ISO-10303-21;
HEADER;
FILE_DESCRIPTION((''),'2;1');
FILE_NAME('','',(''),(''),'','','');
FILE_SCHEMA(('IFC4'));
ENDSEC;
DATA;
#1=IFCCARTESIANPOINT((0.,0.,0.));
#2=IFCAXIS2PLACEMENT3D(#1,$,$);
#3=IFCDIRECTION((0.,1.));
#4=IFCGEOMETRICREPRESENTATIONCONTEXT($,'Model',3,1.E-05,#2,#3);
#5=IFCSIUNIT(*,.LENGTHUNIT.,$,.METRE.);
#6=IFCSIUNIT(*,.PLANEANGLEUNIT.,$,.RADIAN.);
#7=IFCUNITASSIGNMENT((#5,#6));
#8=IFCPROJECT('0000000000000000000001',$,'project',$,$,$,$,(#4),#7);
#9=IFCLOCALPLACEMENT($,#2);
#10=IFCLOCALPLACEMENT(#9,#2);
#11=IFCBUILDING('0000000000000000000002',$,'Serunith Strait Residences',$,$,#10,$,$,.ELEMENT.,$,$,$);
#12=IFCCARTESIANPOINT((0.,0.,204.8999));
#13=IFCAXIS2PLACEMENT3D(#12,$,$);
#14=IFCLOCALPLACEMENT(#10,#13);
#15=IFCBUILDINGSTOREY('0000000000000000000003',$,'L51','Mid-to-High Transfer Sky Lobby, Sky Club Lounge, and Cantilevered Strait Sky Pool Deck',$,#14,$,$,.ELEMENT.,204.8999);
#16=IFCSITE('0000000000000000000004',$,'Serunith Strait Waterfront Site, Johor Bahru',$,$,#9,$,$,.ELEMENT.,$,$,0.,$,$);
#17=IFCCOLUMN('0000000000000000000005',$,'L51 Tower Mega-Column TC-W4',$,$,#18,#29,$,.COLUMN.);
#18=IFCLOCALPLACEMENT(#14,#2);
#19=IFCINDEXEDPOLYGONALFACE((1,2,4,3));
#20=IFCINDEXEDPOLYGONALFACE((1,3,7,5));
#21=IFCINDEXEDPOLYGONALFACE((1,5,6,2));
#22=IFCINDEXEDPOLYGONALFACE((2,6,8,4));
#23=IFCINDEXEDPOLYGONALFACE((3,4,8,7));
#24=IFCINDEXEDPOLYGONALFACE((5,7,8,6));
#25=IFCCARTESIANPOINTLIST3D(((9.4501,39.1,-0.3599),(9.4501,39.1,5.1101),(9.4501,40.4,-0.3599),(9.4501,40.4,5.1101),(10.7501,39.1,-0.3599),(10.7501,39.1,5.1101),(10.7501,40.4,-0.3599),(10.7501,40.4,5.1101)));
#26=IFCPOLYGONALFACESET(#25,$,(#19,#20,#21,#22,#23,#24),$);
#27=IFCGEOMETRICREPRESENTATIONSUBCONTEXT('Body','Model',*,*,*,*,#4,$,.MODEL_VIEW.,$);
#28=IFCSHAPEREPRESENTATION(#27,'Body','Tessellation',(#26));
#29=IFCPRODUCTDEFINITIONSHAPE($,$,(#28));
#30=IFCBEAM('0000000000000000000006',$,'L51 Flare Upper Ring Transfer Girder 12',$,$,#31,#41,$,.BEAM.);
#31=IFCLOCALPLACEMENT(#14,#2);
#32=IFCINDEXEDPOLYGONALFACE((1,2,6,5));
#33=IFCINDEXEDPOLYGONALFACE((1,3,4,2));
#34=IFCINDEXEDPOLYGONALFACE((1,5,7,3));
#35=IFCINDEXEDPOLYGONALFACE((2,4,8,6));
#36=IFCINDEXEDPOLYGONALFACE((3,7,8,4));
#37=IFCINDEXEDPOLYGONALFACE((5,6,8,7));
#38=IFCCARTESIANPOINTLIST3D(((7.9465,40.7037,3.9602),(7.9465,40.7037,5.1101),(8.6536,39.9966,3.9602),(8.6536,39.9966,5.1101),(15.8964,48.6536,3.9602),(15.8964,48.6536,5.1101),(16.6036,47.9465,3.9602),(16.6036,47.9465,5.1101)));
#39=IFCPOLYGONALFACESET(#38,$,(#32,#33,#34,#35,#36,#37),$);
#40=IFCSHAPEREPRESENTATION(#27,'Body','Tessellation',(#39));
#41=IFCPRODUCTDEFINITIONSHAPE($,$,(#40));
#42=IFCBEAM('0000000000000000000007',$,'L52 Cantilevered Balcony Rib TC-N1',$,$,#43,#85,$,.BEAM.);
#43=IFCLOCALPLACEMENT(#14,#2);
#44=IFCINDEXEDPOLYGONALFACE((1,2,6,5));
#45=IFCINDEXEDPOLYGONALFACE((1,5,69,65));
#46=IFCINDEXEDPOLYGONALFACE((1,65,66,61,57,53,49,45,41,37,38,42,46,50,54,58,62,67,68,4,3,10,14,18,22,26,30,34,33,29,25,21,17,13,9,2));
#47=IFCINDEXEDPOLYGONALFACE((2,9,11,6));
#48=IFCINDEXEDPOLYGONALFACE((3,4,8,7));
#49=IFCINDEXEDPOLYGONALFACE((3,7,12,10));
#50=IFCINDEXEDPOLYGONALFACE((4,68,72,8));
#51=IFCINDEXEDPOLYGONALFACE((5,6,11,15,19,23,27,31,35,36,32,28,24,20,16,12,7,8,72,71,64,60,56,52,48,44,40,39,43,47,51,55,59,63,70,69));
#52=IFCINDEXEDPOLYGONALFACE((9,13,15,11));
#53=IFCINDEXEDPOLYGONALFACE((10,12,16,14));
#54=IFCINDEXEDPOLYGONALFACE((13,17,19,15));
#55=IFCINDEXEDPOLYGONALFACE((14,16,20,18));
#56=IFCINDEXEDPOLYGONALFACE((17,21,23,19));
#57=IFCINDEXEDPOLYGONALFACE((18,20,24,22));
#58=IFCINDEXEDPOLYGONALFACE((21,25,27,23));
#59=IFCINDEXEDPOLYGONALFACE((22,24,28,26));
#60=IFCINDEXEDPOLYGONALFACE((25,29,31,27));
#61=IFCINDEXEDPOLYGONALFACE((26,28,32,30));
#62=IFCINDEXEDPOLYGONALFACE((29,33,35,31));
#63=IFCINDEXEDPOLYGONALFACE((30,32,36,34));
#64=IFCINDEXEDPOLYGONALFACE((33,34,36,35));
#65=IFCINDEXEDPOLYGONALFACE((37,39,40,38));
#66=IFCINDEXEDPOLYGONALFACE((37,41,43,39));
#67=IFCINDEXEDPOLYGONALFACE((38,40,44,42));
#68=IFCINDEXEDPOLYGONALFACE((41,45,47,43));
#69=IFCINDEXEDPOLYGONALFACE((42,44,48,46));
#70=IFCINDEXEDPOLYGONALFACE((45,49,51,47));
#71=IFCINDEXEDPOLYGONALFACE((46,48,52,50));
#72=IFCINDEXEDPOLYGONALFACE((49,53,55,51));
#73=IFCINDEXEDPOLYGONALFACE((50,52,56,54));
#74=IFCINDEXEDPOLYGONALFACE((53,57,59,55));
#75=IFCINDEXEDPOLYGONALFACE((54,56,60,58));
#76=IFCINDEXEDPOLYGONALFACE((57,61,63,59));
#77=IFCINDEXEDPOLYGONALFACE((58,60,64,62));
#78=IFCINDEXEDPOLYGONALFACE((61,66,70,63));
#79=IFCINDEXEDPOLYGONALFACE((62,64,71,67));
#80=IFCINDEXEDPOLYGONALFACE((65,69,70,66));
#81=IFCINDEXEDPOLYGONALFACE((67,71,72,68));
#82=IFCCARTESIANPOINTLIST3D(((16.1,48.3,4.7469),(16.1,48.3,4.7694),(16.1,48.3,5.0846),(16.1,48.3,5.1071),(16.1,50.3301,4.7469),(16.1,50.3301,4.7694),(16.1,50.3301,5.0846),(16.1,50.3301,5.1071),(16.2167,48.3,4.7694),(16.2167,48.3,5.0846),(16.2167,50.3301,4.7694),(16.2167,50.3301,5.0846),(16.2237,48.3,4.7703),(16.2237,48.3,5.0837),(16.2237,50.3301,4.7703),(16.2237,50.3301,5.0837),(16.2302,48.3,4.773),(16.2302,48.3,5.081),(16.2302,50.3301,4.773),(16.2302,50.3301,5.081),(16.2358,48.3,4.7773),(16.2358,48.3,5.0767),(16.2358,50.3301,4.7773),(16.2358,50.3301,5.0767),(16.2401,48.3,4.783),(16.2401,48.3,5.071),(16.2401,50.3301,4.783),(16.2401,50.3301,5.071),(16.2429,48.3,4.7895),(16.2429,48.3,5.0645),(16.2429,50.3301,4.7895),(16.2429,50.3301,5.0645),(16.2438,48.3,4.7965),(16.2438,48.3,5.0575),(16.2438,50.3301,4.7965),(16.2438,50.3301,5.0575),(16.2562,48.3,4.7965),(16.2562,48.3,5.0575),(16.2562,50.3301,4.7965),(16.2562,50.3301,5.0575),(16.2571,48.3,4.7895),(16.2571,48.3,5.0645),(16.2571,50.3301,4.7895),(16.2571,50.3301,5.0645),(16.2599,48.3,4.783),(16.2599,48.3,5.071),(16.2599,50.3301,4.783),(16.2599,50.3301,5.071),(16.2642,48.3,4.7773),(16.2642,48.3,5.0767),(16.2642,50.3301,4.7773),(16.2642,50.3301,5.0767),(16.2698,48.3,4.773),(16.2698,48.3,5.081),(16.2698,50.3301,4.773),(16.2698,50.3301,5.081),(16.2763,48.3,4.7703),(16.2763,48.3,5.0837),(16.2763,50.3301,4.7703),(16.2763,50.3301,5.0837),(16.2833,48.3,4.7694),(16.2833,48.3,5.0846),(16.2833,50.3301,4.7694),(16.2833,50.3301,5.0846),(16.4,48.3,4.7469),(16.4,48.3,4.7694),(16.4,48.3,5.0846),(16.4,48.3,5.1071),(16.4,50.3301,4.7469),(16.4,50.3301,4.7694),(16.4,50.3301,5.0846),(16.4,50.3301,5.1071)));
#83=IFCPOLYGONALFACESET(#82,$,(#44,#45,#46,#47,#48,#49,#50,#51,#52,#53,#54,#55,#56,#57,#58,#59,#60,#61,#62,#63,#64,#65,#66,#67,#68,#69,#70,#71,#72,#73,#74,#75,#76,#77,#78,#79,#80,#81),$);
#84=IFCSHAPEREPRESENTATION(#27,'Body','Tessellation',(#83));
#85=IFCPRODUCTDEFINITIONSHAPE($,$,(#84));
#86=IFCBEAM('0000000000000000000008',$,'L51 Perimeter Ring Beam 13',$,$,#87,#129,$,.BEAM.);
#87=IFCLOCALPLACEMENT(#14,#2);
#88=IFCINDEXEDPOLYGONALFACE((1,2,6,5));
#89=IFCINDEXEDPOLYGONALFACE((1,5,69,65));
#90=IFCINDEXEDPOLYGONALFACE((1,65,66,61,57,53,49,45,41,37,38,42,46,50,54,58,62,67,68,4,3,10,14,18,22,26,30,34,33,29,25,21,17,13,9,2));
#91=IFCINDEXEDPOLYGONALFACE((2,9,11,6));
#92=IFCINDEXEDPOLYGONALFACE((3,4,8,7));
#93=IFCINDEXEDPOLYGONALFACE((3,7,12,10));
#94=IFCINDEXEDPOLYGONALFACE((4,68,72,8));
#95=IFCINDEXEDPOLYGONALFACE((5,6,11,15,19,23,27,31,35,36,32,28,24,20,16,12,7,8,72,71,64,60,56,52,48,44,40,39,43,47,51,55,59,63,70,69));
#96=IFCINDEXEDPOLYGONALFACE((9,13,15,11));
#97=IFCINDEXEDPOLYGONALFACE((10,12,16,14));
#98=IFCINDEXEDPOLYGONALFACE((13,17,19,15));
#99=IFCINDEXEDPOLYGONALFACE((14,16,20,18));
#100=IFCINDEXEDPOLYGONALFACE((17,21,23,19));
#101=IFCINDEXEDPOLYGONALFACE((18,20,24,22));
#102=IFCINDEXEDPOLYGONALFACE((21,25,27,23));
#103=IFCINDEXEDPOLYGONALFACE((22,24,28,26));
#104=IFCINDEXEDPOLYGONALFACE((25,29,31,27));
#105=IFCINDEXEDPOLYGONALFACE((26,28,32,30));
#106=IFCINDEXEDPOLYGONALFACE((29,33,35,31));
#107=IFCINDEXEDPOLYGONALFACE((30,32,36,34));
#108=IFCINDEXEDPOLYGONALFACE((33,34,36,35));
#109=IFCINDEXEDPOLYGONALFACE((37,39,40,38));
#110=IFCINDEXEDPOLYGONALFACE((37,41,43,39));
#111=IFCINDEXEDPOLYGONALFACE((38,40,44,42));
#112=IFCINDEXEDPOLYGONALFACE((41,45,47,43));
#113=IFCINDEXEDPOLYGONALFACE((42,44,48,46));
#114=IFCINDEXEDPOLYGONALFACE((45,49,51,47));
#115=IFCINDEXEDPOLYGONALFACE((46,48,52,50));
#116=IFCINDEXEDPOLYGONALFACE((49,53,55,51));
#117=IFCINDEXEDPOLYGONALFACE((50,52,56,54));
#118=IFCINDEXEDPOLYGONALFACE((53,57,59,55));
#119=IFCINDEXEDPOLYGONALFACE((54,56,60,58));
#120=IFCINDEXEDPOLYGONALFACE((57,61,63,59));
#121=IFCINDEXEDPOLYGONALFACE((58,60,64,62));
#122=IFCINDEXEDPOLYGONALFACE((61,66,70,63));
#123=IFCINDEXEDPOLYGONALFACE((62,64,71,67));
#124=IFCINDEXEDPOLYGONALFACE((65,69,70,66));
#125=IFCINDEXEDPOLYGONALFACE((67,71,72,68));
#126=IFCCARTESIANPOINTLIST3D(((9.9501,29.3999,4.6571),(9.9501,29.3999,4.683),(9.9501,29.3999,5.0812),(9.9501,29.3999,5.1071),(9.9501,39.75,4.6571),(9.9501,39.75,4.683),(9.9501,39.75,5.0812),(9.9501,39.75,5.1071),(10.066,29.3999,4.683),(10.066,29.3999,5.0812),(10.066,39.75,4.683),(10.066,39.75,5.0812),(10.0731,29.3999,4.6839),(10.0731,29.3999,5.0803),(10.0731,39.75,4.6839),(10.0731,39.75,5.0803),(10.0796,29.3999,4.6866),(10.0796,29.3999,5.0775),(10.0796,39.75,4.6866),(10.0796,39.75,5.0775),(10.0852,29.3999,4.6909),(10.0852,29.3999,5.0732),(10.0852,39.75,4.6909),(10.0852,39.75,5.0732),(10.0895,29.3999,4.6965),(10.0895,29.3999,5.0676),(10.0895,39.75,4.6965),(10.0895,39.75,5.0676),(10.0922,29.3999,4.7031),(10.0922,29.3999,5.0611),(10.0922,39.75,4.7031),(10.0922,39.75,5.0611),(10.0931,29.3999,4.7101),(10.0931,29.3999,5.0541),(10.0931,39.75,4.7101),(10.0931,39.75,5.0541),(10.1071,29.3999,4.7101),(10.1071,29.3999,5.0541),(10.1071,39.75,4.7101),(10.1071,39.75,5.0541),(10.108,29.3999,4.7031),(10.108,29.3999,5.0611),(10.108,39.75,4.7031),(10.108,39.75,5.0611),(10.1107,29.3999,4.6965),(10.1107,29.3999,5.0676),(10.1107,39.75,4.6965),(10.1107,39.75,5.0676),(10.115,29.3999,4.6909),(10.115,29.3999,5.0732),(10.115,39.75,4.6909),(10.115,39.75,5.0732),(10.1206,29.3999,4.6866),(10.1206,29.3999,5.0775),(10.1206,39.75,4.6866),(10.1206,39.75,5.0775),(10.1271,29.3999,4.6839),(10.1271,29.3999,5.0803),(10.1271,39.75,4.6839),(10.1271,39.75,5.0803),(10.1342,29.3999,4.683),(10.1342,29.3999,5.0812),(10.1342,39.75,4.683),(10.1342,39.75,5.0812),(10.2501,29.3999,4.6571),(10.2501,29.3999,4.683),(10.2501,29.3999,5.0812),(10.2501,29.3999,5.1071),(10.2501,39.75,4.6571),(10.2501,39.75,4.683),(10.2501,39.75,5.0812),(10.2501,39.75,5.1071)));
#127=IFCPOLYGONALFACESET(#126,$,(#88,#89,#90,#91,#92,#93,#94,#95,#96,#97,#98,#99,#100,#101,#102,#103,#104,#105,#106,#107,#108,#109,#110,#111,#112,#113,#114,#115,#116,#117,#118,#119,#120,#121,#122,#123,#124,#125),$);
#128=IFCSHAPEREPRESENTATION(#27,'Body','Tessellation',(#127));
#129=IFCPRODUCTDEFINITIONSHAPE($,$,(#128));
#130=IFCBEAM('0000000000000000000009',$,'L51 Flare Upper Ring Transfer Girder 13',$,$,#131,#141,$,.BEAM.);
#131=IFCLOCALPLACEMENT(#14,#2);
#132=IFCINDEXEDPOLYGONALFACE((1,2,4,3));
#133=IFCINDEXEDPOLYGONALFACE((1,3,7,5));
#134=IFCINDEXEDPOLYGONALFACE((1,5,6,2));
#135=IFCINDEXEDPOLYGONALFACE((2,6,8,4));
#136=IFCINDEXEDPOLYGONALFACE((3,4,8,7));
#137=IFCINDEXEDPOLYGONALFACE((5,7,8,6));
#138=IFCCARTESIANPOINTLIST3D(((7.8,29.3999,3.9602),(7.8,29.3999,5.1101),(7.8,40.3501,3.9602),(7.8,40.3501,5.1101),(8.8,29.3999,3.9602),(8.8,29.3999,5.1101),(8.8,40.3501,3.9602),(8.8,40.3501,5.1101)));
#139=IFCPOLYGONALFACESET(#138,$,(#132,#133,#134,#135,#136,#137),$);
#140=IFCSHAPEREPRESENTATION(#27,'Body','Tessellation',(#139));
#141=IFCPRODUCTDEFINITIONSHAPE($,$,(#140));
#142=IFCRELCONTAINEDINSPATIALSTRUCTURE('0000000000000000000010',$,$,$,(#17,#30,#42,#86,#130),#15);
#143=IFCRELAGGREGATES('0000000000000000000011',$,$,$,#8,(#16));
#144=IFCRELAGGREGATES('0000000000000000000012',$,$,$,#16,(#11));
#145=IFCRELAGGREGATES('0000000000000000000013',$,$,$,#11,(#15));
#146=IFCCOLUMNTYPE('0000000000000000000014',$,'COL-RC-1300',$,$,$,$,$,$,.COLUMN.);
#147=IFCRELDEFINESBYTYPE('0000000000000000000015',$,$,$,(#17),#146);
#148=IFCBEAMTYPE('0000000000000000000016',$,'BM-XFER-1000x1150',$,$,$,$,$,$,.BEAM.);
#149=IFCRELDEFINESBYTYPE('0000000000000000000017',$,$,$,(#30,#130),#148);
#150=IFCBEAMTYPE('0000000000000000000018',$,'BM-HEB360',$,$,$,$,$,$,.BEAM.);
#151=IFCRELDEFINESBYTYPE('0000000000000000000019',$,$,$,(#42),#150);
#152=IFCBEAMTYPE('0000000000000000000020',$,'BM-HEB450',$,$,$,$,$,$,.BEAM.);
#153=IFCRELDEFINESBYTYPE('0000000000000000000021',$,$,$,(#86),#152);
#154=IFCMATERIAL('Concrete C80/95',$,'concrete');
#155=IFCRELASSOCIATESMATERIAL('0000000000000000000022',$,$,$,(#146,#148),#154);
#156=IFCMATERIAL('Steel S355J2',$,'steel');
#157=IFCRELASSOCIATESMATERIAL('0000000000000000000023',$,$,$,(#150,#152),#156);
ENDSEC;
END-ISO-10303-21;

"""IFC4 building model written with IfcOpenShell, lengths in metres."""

from ifc_helpers import new_model, si_unit, direction, frame, origin, origin_2d, place, context, subcontext, project, spatial, rectangle, i_section, extrude, source, transform, mapped, material, material_profile, profile_set, type_object, element, save


model = new_model("IFC4")

# Units and contexts
model_context = context("Model", 3, precision=1e-05, world=origin(), true_north=direction((0.0, 1.0)))
body_context = subcontext(model_context, "Body", "Model", "MODEL_VIEW")
ifc_project = project(units=[si_unit("LENGTHUNIT", "METRE"), si_unit("PLANEANGLEUNIT", "RADIAN")], contexts=[model_context])

# Site, building, storey
site_placement = place(None, origin())
site = spatial("IfcSite", under=ifc_project, at=site_placement, Name="Serunith Strait Waterfront Site, Johor Bahru", CompositionType="ELEMENT", RefElevation=0.0)
building_placement = place(site_placement, origin())
building = spatial("IfcBuilding", under=site, at=building_placement, Name="Serunith Strait Residences", CompositionType="ELEMENT")
storey_placement = place(building_placement, frame((0.0, 0.0, 204.8999)))
storey = spatial("IfcBuildingStorey", under=building, at=storey_placement, Name="L51", Description="Mid-to-High Transfer Sky Lobby, Sky Club Lounge, and Cantilevered Strait Sky Pool Deck", CompositionType="ELEMENT", Elevation=204.8999)

# Column
ifc_material_1 = material(Name="Concrete C80/95", Category="concrete")
ifc_material_profile_1 = material_profile(ifc_material_1, rectangle(XDim=1.3, YDim=1.3, at=origin_2d()), Name="RC 1300x1300")
ifc_profile_set_1 = profile_set([ifc_material_profile_1], Name="Concrete C80/95")
column_type = type_object("IfcColumnType", Name="COL-RC-1300", PredefinedType="COLUMN", material=ifc_profile_set_1)
shared_shape_1 = source(origin(), body_context, "Body", "SweptSolid", [
    extrude(rectangle(XDim=1.3, YDim=1.3, at=origin_2d()), origin(), (0.0, 0.0, 1.0), 5.47),
])
column_placement = place(storey_placement, frame((10.1001, 39.75, -0.3599), z_axis=(0.0, 0.0, 1.0), x_axis=(1.0, 0.0, 0.0)))
element("IfcColumn", 1, at=column_placement, inside=storey, type_object=column_type, Name="L51 Tower Mega-Column TC-W4", PredefinedType="COLUMN", context=body_context, shape_type="MappedRepresentation", body=[
    mapped(shared_shape_1, transform((0.0, 0.0, 0.0), scale=1.0)),
])

# Beams
ifc_material_profile_2 = material_profile(ifc_material_1, rectangle(XDim=1.0, YDim=1.1499, at=origin_2d()), Name="RC 1000x1150")
ifc_profile_set_2 = profile_set([ifc_material_profile_2], Name="Concrete C80/95")
beam_type_1 = type_object("IfcBeamType", Name="BM-XFER-1000x1150", PredefinedType="BEAM", material=ifc_profile_set_2)
shared_shape_2 = source(origin(), body_context, "Body", "SweptSolid", [
    extrude(rectangle(XDim=1.0, YDim=1.1499, at=origin_2d()), origin(), (0.0, 0.0, 1.0), 11.2429),
])
beam_1_placement = place(storey_placement, frame((16.25, 48.3, 4.5352), z_axis=(-0.707107, -0.707107, 0.0), x_axis=(0.707107, -0.707107, 0.0)))
element("IfcBeam", 2, at=beam_1_placement, inside=storey, type_object=beam_type_1, Name="L51 Flare Upper Ring Transfer Girder 12", PredefinedType="BEAM", context=body_context, shape_type="MappedRepresentation", body=[
    mapped(shared_shape_2, transform((0.0, 0.0, 0.0), scale=1.0)),
])
ifc_material_2 = material(Name="Steel S355J2", Category="steel")
ifc_material_profile_3 = material_profile(ifc_material_2, i_section(OverallWidth=0.3, OverallDepth=0.3601, WebThickness=0.0125, FlangeThickness=0.0225, FilletRadius=0.0271, at=origin_2d()), Name="HEB 360")
ifc_profile_set_3 = profile_set([ifc_material_profile_3], Name="Steel S355J2")
beam_type_2 = type_object("IfcBeamType", Name="BM-HEB360", PredefinedType="BEAM", material=ifc_profile_set_3)
shared_shape_3 = source(origin(), body_context, "Body", "SweptSolid", [
    extrude(i_section(OverallWidth=0.3, OverallDepth=0.3601, WebThickness=0.0125, FlangeThickness=0.0225, FilletRadius=0.0271, at=origin_2d()), origin(), (0.0, 0.0, 1.0), 2.03),
])
beam_2_placement = place(storey_placement, frame((16.25, 48.3, 4.927), z_axis=(0.0, 1.0, 0.0), x_axis=(-1.0, 0.0, 0.0)))
element("IfcBeam", 3, at=beam_2_placement, inside=storey, type_object=beam_type_2, Name="L52 Cantilevered Balcony Rib TC-N1", PredefinedType="BEAM", context=body_context, shape_type="MappedRepresentation", body=[
    mapped(shared_shape_3, transform((0.0, 0.0, 0.0), scale=1.0)),
])
ifc_material_profile_4 = material_profile(ifc_material_2, i_section(OverallWidth=0.3, OverallDepth=0.45, WebThickness=0.0139, FlangeThickness=0.0259, FilletRadius=0.0271, at=origin_2d()), Name="HEB 450")
ifc_profile_set_4 = profile_set([ifc_material_profile_4], Name="Steel S355J2")
beam_type_3 = type_object("IfcBeamType", Name="BM-HEB450", PredefinedType="BEAM", material=ifc_profile_set_4)
shared_shape_4 = source(origin(), body_context, "Body", "SweptSolid", [
    extrude(i_section(OverallWidth=0.3, OverallDepth=0.45, WebThickness=0.0139, FlangeThickness=0.0259, FilletRadius=0.0271, at=origin_2d()), origin(), (0.0, 0.0, 1.0), 10.3501),
])
beam_3_placement = place(storey_placement, frame((10.1001, 39.75, 4.8821), z_axis=(0.0, -1.0, 0.0), x_axis=(1.0, 0.0, 0.0)))
element("IfcBeam", 4, at=beam_3_placement, inside=storey, type_object=beam_type_3, Name="L51 Perimeter Ring Beam 13", PredefinedType="BEAM", context=body_context, shape_type="MappedRepresentation", body=[
    mapped(shared_shape_4, transform((0.0, 0.0, 0.0), scale=1.0)),
])
shared_shape_5 = source(origin(), body_context, "Body", "SweptSolid", [
    extrude(rectangle(XDim=1.0, YDim=1.1499, at=origin_2d()), origin(), (0.0, 0.0, 1.0), 10.9502),
])
beam_4_placement = place(storey_placement, frame((8.3, 40.3501, 4.5352), z_axis=(0.0, -1.0, 0.0), x_axis=(1.0, 0.0, 0.0)))
element("IfcBeam", 5, at=beam_4_placement, inside=storey, type_object=beam_type_1, Name="L51 Flare Upper Ring Transfer Girder 13", PredefinedType="BEAM", context=body_context, shape_type="MappedRepresentation", body=[
    mapped(shared_shape_5, transform((0.0, 0.0, 0.0), scale=1.0)),
])

save(model, "model.ifc")
